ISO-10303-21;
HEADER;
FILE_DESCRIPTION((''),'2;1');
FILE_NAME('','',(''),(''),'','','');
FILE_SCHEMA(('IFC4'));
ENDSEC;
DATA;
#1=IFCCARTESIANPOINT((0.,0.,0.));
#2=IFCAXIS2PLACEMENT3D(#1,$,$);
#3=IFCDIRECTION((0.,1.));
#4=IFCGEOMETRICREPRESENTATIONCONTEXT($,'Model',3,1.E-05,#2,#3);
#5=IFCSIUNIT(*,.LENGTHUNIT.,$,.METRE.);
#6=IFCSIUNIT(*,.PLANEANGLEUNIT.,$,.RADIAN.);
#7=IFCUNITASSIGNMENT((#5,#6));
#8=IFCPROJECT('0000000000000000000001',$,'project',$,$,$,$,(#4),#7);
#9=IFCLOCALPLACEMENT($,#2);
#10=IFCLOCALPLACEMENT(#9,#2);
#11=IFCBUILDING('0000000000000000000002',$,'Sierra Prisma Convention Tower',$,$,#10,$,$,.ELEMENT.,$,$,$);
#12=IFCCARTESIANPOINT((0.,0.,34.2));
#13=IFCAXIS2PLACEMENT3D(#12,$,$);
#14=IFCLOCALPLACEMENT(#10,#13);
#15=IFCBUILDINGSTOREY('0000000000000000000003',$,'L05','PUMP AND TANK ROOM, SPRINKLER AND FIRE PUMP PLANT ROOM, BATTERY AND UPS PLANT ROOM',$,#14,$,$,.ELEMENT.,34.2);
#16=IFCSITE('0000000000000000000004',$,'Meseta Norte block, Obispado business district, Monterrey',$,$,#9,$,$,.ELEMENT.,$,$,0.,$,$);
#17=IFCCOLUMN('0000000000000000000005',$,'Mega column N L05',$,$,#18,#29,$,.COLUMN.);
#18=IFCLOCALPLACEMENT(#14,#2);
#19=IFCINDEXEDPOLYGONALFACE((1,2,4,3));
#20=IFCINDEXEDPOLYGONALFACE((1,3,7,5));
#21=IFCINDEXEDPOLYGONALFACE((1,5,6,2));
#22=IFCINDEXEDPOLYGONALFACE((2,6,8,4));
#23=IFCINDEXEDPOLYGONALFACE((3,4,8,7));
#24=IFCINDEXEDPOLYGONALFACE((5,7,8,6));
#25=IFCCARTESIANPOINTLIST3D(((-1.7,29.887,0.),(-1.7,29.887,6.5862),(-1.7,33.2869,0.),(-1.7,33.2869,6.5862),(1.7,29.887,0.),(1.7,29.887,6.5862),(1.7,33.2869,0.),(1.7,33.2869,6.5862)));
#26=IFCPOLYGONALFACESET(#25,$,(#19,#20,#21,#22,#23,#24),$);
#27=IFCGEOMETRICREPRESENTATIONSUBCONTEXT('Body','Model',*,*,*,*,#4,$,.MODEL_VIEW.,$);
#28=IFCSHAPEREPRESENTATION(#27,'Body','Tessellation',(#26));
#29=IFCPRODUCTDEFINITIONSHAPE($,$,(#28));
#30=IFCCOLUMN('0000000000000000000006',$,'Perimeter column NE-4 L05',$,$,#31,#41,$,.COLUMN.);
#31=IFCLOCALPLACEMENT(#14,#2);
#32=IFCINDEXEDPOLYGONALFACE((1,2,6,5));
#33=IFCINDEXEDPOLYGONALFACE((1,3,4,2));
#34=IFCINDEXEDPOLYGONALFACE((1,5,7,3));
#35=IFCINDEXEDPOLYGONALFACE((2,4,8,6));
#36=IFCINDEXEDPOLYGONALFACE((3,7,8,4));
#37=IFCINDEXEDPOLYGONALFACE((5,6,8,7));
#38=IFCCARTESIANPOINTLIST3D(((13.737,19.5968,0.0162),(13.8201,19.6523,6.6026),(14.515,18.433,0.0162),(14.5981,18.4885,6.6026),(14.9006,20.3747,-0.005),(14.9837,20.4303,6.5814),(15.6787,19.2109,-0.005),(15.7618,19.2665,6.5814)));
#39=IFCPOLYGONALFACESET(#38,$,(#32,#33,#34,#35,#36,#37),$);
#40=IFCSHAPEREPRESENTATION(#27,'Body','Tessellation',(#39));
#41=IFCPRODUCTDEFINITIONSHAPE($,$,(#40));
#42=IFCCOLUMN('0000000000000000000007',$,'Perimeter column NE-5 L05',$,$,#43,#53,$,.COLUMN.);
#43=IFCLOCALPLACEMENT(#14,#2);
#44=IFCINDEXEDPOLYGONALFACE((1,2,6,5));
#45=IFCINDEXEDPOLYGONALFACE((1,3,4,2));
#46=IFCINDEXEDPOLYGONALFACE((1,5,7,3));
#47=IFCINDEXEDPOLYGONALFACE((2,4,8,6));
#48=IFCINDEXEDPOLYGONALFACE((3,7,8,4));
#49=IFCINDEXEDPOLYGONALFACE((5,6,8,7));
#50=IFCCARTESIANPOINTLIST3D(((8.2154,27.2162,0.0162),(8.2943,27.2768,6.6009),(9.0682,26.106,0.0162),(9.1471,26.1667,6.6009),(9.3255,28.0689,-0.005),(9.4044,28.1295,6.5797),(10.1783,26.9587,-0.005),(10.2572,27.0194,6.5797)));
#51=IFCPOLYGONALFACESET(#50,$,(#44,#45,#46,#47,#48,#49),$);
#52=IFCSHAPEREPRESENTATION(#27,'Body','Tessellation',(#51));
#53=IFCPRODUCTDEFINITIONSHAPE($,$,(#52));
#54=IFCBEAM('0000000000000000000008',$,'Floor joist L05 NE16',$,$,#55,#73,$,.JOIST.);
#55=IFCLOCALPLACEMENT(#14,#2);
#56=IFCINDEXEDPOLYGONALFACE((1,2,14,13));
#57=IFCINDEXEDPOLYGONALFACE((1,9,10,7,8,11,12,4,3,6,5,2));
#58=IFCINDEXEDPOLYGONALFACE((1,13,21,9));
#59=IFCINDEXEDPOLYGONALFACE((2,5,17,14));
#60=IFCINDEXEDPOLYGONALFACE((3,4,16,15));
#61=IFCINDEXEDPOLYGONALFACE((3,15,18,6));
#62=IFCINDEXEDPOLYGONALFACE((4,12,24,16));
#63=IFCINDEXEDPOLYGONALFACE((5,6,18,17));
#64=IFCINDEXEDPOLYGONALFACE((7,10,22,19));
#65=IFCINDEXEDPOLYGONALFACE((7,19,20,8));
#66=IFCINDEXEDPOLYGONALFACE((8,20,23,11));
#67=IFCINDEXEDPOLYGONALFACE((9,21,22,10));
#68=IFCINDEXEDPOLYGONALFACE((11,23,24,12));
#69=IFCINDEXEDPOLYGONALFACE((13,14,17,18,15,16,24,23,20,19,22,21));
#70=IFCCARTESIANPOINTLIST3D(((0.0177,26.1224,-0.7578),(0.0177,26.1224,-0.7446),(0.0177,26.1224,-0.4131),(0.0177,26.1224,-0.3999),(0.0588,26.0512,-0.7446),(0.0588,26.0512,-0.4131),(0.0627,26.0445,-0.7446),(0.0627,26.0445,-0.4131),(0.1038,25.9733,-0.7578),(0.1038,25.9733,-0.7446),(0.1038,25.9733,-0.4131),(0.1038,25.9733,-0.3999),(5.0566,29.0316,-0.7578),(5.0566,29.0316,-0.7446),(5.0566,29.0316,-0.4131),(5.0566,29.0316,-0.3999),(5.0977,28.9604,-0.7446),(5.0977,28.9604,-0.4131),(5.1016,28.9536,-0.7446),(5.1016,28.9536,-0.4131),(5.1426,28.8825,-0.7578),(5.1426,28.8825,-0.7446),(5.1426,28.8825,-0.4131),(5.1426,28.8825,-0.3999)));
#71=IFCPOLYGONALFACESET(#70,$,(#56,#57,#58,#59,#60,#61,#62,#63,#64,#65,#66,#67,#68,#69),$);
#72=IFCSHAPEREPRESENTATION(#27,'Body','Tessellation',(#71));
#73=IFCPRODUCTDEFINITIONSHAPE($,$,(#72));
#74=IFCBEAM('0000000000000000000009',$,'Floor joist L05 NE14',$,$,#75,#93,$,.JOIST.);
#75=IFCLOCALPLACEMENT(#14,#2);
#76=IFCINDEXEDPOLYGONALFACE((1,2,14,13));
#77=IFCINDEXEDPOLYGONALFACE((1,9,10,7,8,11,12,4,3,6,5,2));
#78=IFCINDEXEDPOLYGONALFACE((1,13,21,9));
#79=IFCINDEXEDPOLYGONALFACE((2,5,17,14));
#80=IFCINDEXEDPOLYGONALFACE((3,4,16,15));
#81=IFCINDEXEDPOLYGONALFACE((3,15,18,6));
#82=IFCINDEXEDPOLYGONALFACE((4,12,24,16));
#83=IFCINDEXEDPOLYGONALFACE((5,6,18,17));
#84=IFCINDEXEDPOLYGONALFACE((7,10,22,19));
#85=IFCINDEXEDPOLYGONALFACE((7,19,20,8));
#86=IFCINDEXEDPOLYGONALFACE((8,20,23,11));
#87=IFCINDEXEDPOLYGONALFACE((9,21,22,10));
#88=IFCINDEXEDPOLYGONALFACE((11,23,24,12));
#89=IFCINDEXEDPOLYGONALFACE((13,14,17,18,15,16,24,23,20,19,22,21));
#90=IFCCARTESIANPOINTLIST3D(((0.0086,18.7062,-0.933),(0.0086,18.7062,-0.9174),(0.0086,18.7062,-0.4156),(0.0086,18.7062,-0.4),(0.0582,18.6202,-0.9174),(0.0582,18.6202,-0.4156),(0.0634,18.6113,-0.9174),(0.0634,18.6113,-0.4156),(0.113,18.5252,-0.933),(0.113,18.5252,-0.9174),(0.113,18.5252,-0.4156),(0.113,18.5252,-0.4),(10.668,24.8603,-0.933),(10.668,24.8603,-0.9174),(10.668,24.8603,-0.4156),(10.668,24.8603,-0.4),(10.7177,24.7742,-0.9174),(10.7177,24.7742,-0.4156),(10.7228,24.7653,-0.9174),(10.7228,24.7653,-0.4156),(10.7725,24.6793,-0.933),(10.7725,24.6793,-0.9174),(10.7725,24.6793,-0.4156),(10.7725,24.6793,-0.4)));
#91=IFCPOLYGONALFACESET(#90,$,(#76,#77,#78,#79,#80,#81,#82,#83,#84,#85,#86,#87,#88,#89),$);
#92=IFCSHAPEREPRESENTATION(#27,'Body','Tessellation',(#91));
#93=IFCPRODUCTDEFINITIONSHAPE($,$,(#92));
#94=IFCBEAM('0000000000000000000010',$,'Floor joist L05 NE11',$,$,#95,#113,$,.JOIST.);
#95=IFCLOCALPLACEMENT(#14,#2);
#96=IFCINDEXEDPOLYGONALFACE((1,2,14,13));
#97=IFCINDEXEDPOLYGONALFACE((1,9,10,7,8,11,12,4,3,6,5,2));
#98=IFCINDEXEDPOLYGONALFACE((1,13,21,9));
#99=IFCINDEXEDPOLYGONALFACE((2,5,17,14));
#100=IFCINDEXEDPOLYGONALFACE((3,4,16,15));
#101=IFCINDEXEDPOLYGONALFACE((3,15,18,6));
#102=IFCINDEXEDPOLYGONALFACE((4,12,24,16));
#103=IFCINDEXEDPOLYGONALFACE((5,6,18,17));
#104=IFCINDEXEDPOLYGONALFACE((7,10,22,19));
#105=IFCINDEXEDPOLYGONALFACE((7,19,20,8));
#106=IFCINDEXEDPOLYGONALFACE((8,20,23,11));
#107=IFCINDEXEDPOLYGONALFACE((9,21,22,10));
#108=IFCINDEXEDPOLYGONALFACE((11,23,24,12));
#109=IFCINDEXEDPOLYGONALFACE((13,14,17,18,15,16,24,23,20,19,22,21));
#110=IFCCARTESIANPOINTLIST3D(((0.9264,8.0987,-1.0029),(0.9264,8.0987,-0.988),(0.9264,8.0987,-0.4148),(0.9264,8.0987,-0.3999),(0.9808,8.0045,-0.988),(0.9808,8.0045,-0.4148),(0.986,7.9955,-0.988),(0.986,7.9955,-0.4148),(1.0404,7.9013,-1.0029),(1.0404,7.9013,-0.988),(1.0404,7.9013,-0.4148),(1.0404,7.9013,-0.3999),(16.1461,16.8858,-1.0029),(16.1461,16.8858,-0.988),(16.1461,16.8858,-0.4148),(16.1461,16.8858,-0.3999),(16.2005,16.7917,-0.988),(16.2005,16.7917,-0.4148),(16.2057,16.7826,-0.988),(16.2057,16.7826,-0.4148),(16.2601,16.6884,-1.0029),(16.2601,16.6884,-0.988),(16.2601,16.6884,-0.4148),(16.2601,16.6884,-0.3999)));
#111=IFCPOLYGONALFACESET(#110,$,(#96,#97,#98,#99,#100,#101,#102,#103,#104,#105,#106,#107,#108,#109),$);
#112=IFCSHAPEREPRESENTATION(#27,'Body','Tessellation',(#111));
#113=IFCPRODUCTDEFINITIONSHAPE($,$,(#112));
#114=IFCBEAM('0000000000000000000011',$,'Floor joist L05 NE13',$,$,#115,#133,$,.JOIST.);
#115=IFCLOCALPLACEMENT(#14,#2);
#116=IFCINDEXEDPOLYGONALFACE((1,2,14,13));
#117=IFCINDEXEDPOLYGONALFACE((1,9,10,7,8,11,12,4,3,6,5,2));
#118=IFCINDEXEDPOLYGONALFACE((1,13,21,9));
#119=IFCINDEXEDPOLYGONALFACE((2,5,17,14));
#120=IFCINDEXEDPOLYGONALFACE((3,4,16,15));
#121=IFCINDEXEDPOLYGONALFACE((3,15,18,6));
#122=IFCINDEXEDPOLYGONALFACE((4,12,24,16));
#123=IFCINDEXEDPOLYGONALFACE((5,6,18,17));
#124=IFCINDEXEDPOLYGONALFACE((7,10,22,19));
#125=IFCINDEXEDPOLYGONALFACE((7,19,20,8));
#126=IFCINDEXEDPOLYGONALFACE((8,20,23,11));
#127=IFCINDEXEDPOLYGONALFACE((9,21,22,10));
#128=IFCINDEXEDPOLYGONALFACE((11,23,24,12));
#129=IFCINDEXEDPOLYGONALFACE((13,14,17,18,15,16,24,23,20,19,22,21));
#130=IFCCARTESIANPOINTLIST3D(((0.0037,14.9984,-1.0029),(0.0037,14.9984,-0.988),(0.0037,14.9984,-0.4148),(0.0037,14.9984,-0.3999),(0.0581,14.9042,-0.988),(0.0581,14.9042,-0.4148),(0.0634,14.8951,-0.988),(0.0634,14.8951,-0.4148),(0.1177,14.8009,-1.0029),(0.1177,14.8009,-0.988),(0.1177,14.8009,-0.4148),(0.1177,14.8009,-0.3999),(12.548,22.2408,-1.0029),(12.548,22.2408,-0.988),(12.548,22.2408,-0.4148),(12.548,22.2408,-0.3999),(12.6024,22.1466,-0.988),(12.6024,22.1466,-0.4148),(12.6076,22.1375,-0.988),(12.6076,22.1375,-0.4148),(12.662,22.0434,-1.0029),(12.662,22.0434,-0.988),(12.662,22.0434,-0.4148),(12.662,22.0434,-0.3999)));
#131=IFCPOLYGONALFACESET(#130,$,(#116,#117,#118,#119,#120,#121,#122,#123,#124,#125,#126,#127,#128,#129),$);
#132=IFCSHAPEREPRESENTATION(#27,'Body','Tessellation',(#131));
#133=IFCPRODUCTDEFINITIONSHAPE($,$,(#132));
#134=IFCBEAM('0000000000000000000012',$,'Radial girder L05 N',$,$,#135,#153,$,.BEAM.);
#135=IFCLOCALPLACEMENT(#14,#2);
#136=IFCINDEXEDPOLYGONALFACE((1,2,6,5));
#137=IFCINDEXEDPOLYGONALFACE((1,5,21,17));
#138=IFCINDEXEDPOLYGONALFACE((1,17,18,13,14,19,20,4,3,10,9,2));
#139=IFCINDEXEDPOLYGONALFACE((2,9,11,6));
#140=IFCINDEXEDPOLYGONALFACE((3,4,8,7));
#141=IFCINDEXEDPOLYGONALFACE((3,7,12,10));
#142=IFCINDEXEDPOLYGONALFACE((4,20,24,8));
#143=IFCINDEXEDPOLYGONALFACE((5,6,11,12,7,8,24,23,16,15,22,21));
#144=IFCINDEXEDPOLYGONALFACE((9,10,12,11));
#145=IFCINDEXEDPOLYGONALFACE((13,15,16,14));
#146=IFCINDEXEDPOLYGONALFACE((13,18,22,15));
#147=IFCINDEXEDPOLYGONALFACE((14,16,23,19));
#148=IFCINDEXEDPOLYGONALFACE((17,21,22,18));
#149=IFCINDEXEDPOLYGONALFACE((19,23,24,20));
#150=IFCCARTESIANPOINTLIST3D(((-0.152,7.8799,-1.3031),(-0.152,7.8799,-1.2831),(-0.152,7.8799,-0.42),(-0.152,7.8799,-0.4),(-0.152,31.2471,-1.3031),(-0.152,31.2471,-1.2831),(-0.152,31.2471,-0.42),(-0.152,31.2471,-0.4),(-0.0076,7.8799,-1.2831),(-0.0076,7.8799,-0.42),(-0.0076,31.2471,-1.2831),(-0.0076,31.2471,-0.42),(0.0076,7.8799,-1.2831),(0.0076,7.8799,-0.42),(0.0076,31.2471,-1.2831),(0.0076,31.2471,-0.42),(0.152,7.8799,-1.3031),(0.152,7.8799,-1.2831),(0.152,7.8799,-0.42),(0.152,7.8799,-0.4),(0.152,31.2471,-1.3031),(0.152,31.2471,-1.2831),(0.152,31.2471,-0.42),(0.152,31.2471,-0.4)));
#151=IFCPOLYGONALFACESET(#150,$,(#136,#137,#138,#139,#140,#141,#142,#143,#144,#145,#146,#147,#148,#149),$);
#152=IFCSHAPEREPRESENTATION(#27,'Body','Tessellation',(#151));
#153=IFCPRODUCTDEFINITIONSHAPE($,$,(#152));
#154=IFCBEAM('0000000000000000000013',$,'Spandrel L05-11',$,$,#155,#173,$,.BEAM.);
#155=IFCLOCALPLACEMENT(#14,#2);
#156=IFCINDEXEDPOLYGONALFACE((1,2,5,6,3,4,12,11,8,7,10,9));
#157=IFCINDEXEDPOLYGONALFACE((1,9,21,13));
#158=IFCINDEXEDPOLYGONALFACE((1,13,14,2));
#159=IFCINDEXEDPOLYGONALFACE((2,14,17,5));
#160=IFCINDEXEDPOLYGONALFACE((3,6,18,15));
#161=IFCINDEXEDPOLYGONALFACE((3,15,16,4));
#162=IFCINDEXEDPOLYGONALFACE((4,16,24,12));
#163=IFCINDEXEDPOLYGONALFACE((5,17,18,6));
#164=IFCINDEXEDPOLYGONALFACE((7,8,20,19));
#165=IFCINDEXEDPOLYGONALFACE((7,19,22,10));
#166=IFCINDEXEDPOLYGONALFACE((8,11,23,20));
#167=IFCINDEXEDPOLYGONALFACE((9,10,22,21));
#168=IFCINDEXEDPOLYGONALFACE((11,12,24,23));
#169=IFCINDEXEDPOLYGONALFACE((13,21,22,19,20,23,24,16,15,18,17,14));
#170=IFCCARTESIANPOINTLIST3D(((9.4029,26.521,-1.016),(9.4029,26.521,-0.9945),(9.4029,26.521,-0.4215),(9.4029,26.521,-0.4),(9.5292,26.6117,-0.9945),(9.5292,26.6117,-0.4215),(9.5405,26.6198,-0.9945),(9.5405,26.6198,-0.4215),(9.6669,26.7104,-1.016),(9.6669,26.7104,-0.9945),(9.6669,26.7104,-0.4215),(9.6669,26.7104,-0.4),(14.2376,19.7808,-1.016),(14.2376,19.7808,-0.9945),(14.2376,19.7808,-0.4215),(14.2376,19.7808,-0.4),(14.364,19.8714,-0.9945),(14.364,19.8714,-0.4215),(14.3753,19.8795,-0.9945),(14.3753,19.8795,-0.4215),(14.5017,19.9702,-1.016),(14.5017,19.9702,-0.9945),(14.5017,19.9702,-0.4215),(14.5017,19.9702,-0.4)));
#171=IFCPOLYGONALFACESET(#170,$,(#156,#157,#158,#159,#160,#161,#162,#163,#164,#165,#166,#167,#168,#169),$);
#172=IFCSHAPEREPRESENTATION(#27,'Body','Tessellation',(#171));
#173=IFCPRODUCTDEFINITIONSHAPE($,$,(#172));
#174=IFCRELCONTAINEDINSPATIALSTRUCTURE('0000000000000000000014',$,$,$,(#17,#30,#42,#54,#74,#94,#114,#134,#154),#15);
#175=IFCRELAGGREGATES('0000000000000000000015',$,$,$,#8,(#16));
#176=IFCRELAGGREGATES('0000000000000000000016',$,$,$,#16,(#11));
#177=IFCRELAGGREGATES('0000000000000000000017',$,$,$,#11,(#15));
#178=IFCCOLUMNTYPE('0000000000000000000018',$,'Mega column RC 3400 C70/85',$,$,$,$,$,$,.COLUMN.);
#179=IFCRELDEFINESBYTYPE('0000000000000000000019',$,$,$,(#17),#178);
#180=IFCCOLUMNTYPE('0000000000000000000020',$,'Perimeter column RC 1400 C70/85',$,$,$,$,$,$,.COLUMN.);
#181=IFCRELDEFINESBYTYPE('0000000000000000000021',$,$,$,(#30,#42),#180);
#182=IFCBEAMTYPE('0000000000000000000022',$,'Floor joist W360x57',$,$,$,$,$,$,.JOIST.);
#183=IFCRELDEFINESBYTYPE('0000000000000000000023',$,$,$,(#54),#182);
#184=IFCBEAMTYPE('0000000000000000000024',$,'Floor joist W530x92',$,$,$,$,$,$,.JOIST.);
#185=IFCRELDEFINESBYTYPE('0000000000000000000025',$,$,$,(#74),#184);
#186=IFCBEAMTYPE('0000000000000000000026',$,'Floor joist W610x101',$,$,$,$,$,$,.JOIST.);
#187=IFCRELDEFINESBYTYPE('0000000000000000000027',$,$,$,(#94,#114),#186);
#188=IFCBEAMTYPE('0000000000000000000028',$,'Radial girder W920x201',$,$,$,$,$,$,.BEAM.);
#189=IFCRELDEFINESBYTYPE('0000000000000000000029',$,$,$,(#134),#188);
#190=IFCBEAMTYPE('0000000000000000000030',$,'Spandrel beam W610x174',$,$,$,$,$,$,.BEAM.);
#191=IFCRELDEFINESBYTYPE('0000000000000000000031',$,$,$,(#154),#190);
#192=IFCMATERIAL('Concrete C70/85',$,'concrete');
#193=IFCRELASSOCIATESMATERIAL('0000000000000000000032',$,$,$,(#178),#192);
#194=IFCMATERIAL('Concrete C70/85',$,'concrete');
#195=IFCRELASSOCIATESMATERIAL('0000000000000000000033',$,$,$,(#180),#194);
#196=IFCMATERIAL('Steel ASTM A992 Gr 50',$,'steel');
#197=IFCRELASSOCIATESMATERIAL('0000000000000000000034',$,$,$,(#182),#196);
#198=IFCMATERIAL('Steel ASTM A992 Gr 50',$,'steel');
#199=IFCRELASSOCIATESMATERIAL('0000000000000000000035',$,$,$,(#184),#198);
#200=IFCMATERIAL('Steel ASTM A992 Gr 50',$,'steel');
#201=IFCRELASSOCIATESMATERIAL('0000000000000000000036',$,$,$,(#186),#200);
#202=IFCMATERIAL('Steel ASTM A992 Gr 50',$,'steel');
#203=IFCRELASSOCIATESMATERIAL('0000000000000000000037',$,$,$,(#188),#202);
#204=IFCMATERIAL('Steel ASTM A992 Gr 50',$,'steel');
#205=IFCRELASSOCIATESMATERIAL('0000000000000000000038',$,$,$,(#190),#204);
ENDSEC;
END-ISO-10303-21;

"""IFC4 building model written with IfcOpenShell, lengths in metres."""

from ifc_helpers import new_model, si_unit, direction, frame, origin, origin_2d, place, context, subcontext, project, spatial, rectangle, i_section, extrude, clip, halfspace, material, material_profile, profile_set, type_object, element, save


model = new_model("IFC4")

# Units and contexts
model_context = context("Model", 3, precision=1e-05, world=origin(), true_north=direction((0.0, 1.0)))
body_context = subcontext(model_context, "Body", "Model", "MODEL_VIEW")
ifc_project = project(units=[si_unit("LENGTHUNIT", "METRE"), si_unit("PLANEANGLEUNIT", "RADIAN")], contexts=[model_context])

# Site, building, storey
site_placement = place(None, origin())
site = spatial("IfcSite", under=ifc_project, at=site_placement, Name="Meseta Norte block, Obispado business district, Monterrey", CompositionType="ELEMENT", RefElevation=0.0)
building_placement = place(site_placement, origin())
building = spatial("IfcBuilding", under=site, at=building_placement, Name="Sierra Prisma Convention Tower", CompositionType="ELEMENT")
storey_placement = place(building_placement, frame((0.0, 0.0, 34.2)))
storey = spatial("IfcBuildingStorey", under=building, at=storey_placement, Name="L05", Description="PUMP AND TANK ROOM, SPRINKLER AND FIRE PUMP PLANT ROOM, BATTERY AND UPS PLANT ROOM", CompositionType="ELEMENT", Elevation=34.2)

# Columns
ifc_material_1 = material(Name="Concrete C70/85", Category="concrete")
ifc_material_profile_1 = material_profile(ifc_material_1, rectangle(XDim=3.3999, YDim=3.3999, at=origin_2d()), Name="Mega column RC 3400 C70/85")
ifc_profile_set_1 = profile_set([ifc_material_profile_1], Name="Concrete C70/85")
column_type_1 = type_object("IfcColumnType", Name="Mega column RC 3400 C70/85", PredefinedType="COLUMN", material=ifc_profile_set_1)
column_1_placement = place(storey_placement, frame((0.0, 31.5869, 0.0), z_axis=(0.0, 0.0, 1.0), x_axis=(1.0, 0.0, 0.0)))
element("IfcColumn", 1, at=column_1_placement, inside=storey, type_object=column_type_1, Name="Mega column N L05", PredefinedType="COLUMN", context=body_context, shape_type="SweptSolid", body=[
    clip(extrude(rectangle(XDim=3.3999, YDim=3.3999, at=origin_2d()), origin(), (0.0, 0.0, 1.0), 6.6001), halfspace(frame((0.0, 0.0, 6.5862)), False)),
])
ifc_material_2 = material(Name="Concrete C70/85", Category="concrete")
ifc_material_profile_2 = material_profile(ifc_material_2, rectangle(XDim=1.3999, YDim=1.3999, at=origin_2d()), Name="Perimeter column RC 1400 C70/85")
ifc_profile_set_2 = profile_set([ifc_material_profile_2], Name="Concrete C70/85")
column_type_2 = type_object("IfcColumnType", Name="Perimeter column RC 1400 C70/85", PredefinedType="COLUMN", material=ifc_profile_set_2)
column_2_placement = place(storey_placement, frame((14.7078, 19.4038, 0.0), z_axis=(0.012612, 0.008433, 0.999885), x_axis=(-0.555773, 0.831334, -0.000001)))
element("IfcColumn", 2, at=column_2_placement, inside=storey, type_object=column_type_2, Name="Perimeter column NE-4 L05", PredefinedType="COLUMN", context=body_context, shape_type="SweptSolid", body=[
    clip(clip(extrude(rectangle(XDim=1.3999, YDim=1.3999, at=origin_2d()), origin(), (0.0, 0.0, 1.0), 6.6008), halfspace(frame((0.0, 0.0, 0.0056)), True)), halfspace(frame((0.0, 0.0, 6.5928)), False)),
])
column_3_placement = place(storey_placement, frame((9.1968, 27.0874, 0.0), z_axis=(0.011984, 0.00921, 0.999886), x_axis=(-0.609188, 0.793026, -0.000003)))
element("IfcColumn", 3, at=column_3_placement, inside=storey, type_object=column_type_2, Name="Perimeter column NE-5 L05", PredefinedType="COLUMN", context=body_context, shape_type="SweptSolid", body=[
    clip(clip(extrude(rectangle(XDim=1.3999, YDim=1.3999, at=origin_2d()), origin(), (0.0, 0.0, 1.0), 6.6008), halfspace(frame((0.0, 0.0, 0.0056)), True)), halfspace(frame((0.0, 0.0, 6.5911)), False)),
])

# Beams
ifc_material_3 = material(Name="Steel ASTM A992 Gr 50", Category="steel")
ifc_material_profile_3 = material_profile(ifc_material_3, i_section(OverallWidth=0.1721, OverallDepth=0.3579, WebThickness=0.0078, FlangeThickness=0.0132, at=origin_2d()), Name="W360x57")
ifc_profile_set_3 = profile_set([ifc_material_profile_3], Name="Steel ASTM A992 Gr 50")
beam_type_1 = type_object("IfcBeamType", Name="Floor joist W360x57", PredefinedType="JOIST", material=ifc_profile_set_3)
beam_1_placement = place(storey_placement, frame((5.0996, 28.957, -0.5789), z_axis=(-0.866024, -0.500002, 0.0), x_axis=(0.500002, -0.866024, 0.0)))
element("IfcBeam", 4, at=beam_1_placement, inside=storey, type_object=beam_type_1, Name="Floor joist L05 NE16", PredefinedType="JOIST", context=body_context, shape_type="SweptSolid", body=[
    extrude(i_section(OverallWidth=0.1721, OverallDepth=0.3579, WebThickness=0.0078, FlangeThickness=0.0132, at=origin_2d()), origin(), (0.0, 0.0, 1.0), 5.8184),
])
ifc_material_4 = material(Name="Steel ASTM A992 Gr 50", Category="steel")
ifc_material_profile_4 = material_profile(ifc_material_4, i_section(OverallWidth=0.209, OverallDepth=0.533, WebThickness=0.0103, FlangeThickness=0.0156, at=origin_2d()), Name="W530x92")
ifc_profile_set_4 = profile_set([ifc_material_profile_4], Name="Steel ASTM A992 Gr 50")
beam_type_2 = type_object("IfcBeamType", Name="Floor joist W530x92", PredefinedType="JOIST", material=ifc_profile_set_4)
beam_2_placement = place(storey_placement, frame((10.7202, 24.7698, -0.6665), z_axis=(-0.866031, -0.49999, 0.0), x_axis=(0.49999, -0.866031, 0.0)))
element("IfcBeam", 5, at=beam_2_placement, inside=storey, type_object=beam_type_2, Name="Floor joist L05 NE14", PredefinedType="JOIST", context=body_context, shape_type="SweptSolid", body=[
    extrude(i_section(OverallWidth=0.209, OverallDepth=0.533, WebThickness=0.0103, FlangeThickness=0.0156, at=origin_2d()), origin(), (0.0, 0.0, 1.0), 12.3083),
])
ifc_material_5 = material(Name="Steel ASTM A992 Gr 50", Category="steel")
ifc_material_profile_5 = material_profile(ifc_material_5, i_section(OverallWidth=0.228, OverallDepth=0.603, WebThickness=0.0105, FlangeThickness=0.0149, at=origin_2d()), Name="W610x101")
ifc_profile_set_5 = profile_set([ifc_material_profile_5], Name="Steel ASTM A992 Gr 50")
beam_type_3 = type_object("IfcBeamType", Name="Floor joist W610x101", PredefinedType="JOIST", material=ifc_profile_set_5)
beam_3_placement = place(storey_placement, frame((16.2031, 16.7871, -0.7014), z_axis=(-0.866025, -0.5, 0.0), x_axis=(0.5, -0.866025, 0.0)))
element("IfcBeam", 6, at=beam_3_placement, inside=storey, type_object=beam_type_3, Name="Floor joist L05 NE11", PredefinedType="JOIST", context=body_context, shape_type="SweptSolid", body=[
    extrude(i_section(OverallWidth=0.228, OverallDepth=0.603, WebThickness=0.0105, FlangeThickness=0.0149, at=origin_2d()), origin(), (0.0, 0.0, 1.0), 17.5742),
])
beam_4_placement = place(storey_placement, frame((12.605, 22.1421, -0.7014), z_axis=(-0.866024, -0.500002, 0.0), x_axis=(0.500002, -0.866024, 0.0)))
element("IfcBeam", 7, at=beam_4_placement, inside=storey, type_object=beam_type_3, Name="Floor joist L05 NE13", PredefinedType="JOIST", context=body_context, shape_type="SweptSolid", body=[
    extrude(i_section(OverallWidth=0.228, OverallDepth=0.603, WebThickness=0.0105, FlangeThickness=0.0149, at=origin_2d()), origin(), (0.0, 0.0, 1.0), 14.4849),
])
ifc_material_6 = material(Name="Steel ASTM A992 Gr 50", Category="steel")
ifc_material_profile_6 = material_profile(ifc_material_6, i_section(OverallWidth=0.304, OverallDepth=0.9031, WebThickness=0.0151, FlangeThickness=0.02, at=origin_2d()), Name="W920x201")
ifc_profile_set_6 = profile_set([ifc_material_profile_6], Name="Steel ASTM A992 Gr 50")
beam_type_4 = type_object("IfcBeamType", Name="Radial girder W920x201", PredefinedType="BEAM", material=ifc_profile_set_6)
beam_5_placement = place(storey_placement, frame((0.0, 31.2471, -0.8516), z_axis=(0.0, -1.0, 0.0), x_axis=(1.0, 0.0, 0.0)))
element("IfcBeam", 8, at=beam_5_placement, inside=storey, type_object=beam_type_4, Name="Radial girder L05 N", PredefinedType="BEAM", context=body_context, shape_type="SweptSolid", body=[
    extrude(i_section(OverallWidth=0.304, OverallDepth=0.9031, WebThickness=0.0151, FlangeThickness=0.02, at=origin_2d()), origin(), (0.0, 0.0, 1.0), 23.3672),
])
ifc_material_7 = material(Name="Steel ASTM A992 Gr 50", Category="steel")
ifc_material_profile_7 = material_profile(ifc_material_7, i_section(OverallWidth=0.325, OverallDepth=0.616, WebThickness=0.0139, FlangeThickness=0.0215, at=origin_2d()), Name="W610x174")
ifc_profile_set_7 = profile_set([ifc_material_profile_7], Name="Steel ASTM A992 Gr 50")
beam_type_5 = type_object("IfcBeamType", Name="Spandrel beam W610x174", PredefinedType="BEAM", material=ifc_profile_set_7)
beam_6_placement = place(storey_placement, frame((14.3696, 19.8755, -0.708), z_axis=(-0.582855, 0.812576, 0.0), x_axis=(-0.812576, -0.582855, 0.0)))
element("IfcBeam", 9, at=beam_6_placement, inside=storey, type_object=beam_type_5, Name="Spandrel L05-11", PredefinedType="BEAM", context=body_context, shape_type="SweptSolid", body=[
    extrude(i_section(OverallWidth=0.325, OverallDepth=0.616, WebThickness=0.0139, FlangeThickness=0.0215, at=origin_2d()), origin(), (0.0, 0.0, 1.0), 8.2949),
])

save(model, "model.ifc")
